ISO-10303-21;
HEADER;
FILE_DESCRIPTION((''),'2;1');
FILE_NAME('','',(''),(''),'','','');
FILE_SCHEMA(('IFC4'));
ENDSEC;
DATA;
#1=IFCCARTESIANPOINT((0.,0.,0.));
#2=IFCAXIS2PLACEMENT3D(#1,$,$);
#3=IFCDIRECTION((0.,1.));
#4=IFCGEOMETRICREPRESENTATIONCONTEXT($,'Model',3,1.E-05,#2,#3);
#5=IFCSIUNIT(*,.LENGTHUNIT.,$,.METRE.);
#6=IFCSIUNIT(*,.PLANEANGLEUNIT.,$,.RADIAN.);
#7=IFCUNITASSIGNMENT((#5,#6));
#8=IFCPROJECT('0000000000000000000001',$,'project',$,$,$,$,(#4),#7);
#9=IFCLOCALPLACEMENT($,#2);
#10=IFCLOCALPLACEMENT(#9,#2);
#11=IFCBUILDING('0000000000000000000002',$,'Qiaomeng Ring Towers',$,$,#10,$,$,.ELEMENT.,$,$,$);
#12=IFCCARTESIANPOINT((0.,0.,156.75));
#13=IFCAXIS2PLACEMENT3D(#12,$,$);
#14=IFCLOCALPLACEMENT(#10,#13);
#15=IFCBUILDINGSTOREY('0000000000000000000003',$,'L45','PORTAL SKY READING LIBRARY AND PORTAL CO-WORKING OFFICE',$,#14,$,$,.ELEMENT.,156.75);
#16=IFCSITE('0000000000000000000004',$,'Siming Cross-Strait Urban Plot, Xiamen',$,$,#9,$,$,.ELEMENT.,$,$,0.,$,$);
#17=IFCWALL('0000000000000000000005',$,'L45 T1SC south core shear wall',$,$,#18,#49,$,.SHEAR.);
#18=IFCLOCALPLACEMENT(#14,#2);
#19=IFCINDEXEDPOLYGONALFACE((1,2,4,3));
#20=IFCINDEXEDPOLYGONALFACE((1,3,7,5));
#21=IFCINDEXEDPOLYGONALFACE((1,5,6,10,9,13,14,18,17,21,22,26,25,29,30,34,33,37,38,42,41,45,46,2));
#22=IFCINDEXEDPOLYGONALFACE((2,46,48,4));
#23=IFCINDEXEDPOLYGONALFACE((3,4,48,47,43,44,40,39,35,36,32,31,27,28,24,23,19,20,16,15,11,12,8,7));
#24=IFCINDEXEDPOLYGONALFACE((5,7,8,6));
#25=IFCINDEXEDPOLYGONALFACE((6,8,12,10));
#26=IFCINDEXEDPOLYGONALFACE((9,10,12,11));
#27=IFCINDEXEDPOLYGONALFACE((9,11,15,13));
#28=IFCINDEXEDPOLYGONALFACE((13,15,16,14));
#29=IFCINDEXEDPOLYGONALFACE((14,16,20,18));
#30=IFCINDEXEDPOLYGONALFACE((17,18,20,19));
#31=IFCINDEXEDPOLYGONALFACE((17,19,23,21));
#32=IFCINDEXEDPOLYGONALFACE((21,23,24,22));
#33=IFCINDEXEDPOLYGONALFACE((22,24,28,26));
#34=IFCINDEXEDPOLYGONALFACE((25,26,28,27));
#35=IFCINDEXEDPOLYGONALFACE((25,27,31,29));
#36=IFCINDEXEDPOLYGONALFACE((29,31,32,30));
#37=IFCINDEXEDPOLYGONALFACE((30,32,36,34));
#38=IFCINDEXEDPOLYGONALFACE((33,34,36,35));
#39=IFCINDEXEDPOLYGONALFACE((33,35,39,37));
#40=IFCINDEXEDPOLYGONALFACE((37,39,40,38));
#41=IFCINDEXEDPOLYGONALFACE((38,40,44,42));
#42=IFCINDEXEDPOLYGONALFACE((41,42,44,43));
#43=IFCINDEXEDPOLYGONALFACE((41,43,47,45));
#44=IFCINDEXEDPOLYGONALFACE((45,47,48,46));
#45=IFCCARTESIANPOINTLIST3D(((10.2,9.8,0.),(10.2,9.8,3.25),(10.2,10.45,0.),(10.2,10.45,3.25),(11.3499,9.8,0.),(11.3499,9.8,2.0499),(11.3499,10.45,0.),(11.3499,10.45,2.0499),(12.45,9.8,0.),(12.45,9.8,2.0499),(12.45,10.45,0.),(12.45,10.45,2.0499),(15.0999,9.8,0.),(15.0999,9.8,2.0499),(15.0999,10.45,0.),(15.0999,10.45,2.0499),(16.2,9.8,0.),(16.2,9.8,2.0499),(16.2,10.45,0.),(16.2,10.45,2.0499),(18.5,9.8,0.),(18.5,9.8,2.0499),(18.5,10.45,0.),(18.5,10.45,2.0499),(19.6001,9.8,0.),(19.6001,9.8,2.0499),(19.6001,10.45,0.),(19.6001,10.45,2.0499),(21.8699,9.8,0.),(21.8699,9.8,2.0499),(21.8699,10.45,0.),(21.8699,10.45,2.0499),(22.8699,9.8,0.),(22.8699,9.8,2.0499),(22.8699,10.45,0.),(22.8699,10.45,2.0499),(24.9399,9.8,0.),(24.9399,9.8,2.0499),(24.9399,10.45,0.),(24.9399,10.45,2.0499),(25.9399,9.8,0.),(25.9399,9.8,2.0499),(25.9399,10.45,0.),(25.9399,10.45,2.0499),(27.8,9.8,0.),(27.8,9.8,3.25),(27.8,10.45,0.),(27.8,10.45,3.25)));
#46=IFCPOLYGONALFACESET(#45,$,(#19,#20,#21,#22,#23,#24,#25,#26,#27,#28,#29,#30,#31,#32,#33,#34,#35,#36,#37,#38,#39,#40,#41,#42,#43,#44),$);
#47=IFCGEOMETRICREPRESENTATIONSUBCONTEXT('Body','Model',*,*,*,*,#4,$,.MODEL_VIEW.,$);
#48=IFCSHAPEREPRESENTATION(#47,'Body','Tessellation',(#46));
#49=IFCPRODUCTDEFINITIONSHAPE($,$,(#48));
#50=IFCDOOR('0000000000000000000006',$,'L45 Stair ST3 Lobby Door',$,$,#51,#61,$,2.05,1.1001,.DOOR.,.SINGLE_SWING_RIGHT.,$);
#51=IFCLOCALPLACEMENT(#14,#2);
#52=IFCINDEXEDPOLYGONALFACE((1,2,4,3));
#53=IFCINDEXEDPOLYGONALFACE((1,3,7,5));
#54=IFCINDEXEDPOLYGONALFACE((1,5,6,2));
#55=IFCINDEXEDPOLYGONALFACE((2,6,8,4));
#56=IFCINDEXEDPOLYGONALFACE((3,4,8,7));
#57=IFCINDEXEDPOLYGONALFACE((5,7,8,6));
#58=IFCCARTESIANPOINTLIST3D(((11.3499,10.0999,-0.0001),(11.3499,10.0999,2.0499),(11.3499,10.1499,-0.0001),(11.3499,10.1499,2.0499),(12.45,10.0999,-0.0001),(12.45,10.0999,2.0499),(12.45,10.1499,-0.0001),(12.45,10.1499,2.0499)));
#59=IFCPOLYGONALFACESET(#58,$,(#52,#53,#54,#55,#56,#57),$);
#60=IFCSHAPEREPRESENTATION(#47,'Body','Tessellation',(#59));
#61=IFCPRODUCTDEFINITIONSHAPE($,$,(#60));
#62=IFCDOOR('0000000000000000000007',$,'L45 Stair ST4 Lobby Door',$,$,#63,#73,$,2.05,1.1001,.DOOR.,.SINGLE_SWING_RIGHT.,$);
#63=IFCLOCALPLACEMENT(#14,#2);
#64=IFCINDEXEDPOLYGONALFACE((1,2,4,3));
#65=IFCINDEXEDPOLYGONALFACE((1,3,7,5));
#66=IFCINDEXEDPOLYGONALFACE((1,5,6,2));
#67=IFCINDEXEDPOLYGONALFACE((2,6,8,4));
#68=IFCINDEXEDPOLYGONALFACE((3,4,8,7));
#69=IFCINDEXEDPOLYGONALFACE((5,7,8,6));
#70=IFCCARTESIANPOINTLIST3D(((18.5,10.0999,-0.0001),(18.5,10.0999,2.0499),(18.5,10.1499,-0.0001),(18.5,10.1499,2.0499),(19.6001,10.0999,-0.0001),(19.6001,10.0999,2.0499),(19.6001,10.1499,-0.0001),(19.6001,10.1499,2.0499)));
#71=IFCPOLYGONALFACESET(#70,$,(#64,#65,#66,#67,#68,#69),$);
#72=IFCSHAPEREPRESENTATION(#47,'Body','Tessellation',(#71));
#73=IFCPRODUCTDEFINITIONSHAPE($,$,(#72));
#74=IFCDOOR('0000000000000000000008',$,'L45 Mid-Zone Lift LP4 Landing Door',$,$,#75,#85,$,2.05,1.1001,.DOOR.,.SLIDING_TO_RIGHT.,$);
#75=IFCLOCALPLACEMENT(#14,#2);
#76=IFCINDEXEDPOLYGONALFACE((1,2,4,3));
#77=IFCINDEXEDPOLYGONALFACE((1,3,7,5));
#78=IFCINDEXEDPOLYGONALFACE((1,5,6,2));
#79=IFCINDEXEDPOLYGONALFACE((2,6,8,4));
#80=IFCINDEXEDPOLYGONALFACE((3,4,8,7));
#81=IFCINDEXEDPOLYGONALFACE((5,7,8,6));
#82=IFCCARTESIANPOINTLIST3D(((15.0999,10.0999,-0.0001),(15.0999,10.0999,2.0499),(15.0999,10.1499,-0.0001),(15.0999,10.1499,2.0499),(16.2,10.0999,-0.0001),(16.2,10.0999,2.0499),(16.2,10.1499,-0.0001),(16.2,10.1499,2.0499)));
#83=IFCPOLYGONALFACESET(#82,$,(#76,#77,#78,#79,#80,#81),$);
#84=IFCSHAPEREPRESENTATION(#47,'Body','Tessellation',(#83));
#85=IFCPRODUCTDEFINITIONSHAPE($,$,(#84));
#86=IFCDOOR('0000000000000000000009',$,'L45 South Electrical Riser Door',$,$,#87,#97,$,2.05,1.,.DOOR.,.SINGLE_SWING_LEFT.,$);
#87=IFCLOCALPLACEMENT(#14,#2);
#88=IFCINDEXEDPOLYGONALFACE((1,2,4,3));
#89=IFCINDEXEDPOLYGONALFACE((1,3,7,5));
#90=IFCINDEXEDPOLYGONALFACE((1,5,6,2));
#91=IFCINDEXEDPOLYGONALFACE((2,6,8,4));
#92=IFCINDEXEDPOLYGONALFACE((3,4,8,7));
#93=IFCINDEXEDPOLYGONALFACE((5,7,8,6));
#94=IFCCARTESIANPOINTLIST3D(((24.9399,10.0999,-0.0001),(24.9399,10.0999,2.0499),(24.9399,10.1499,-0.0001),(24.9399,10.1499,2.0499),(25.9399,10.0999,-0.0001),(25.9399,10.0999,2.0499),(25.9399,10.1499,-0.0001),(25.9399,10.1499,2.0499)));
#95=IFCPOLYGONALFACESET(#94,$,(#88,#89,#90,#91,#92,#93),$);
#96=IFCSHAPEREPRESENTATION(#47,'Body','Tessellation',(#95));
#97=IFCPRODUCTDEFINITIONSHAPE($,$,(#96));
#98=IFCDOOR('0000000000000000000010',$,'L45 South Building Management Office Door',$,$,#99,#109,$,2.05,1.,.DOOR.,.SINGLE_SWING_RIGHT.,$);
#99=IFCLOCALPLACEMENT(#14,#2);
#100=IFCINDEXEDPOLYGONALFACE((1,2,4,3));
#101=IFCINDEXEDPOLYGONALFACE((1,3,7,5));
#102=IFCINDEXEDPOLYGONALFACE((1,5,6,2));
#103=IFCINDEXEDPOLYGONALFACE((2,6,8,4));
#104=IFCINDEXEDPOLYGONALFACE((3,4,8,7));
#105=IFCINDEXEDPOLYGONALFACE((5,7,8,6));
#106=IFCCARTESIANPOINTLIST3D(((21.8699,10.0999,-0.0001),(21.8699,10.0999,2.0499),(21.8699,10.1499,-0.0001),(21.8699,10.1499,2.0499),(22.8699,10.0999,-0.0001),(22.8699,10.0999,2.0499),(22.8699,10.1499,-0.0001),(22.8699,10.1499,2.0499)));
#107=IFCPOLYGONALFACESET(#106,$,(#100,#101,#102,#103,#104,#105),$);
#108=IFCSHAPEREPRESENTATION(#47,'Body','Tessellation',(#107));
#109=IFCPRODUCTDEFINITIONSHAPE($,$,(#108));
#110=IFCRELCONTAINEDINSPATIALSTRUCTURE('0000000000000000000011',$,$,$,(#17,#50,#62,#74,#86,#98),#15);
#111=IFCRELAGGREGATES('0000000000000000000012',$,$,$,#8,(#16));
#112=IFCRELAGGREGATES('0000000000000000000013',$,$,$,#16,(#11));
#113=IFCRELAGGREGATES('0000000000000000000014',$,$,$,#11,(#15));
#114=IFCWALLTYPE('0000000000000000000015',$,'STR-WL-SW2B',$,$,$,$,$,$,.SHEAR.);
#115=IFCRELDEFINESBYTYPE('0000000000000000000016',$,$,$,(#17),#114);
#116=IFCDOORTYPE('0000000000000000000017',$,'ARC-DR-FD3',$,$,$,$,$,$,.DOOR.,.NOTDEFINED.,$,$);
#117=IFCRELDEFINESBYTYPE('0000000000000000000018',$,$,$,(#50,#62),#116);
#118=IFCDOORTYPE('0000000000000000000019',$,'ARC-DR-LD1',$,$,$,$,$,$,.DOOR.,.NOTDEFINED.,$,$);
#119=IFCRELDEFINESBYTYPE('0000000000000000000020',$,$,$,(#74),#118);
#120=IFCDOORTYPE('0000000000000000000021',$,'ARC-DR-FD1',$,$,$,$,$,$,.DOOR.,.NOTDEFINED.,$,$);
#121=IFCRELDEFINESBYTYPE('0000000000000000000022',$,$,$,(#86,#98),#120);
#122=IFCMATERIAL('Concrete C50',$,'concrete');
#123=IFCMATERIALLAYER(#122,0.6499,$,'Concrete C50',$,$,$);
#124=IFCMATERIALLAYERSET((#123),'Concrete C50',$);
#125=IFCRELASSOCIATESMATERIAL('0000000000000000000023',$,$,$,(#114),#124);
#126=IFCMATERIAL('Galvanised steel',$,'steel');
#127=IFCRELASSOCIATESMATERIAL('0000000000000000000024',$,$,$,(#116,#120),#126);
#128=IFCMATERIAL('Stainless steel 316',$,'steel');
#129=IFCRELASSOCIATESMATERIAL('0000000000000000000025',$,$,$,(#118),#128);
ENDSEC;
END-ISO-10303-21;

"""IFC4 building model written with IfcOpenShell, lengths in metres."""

from ifc_helpers import new_model, si_unit, direction, frame, frame_2d, origin, place, context, subcontext, project, spatial, rectangle, extrude, source, transform, mapped, material, layer, layer_set, type_object, element, fill, save


model = new_model("IFC4")

# Units and contexts
model_context = context("Model", 3, precision=1e-05, world=origin(), true_north=direction((0.0, 1.0)))
body_context = subcontext(model_context, "Body", "Model", "MODEL_VIEW")
ifc_project = project(units=[si_unit("LENGTHUNIT", "METRE"), si_unit("PLANEANGLEUNIT", "RADIAN")], contexts=[model_context])

# Site, building, storey
site_placement = place(None, origin())
site = spatial("IfcSite", under=ifc_project, at=site_placement, Name="Siming Cross-Strait Urban Plot, Xiamen", CompositionType="ELEMENT", RefElevation=0.0)
building_placement = place(site_placement, origin())
building = spatial("IfcBuilding", under=site, at=building_placement, Name="Qiaomeng Ring Towers", CompositionType="ELEMENT")
storey_placement = place(building_placement, frame((0.0, 0.0, 156.75)))
storey = spatial("IfcBuildingStorey", under=building, at=storey_placement, Name="L45", Description="PORTAL SKY READING LIBRARY AND PORTAL CO-WORKING OFFICE", CompositionType="ELEMENT", Elevation=156.75)

# Wall, openings, doors
shared_shape_1 = source(origin(), body_context, "Body", "SweptSolid", [
    extrude(rectangle(XDim=1.0, YDim=2.05, at=frame_2d((0.5, 1.0249))), frame((0.0, 0.0249, 0.0), z_axis=(0.0, -1.0, 0.0), x_axis=(1.0, 0.0, 0.0)), (0.0, 0.0, 1.0), 0.05),
])
ifc_material_1 = material(Name="Concrete C50", Category="concrete")
ifc_layer_1 = layer(ifc_material_1, 0.6499, Name="Concrete C50")
ifc_layer_set_1 = layer_set([ifc_layer_1], Name="Concrete C50")
wall_type_1 = type_object("IfcWallType", Name="STR-WL-SW2B", PredefinedType="SHEAR", material=ifc_layer_set_1)
wall_1_placement = place(storey_placement, frame((10.2, 10.125, 0.0), z_axis=(0.0, 0.0, 1.0), x_axis=(1.0, 0.0, 0.0)))
wall_1 = element("IfcWall", 1, at=wall_1_placement, inside=storey, type_object=wall_type_1, Name="L45 T1SC south core shear wall", PredefinedType="SHEAR", context=body_context, shape_type="SweptSolid", body=[
    extrude(rectangle(XDim=17.6001, YDim=0.6499, at=frame_2d((8.8, 0.0))), origin(), (0.0, 0.0, 1.0), 3.25),
])
opening_1_placement = place(wall_1_placement, frame((1.1499, 0.0, 0.0)))
opening_1 = element("IfcOpeningElement", 2, at=opening_1_placement, cuts=wall_1, PredefinedType="OPENING", context=body_context, shape_type="SweptSolid", body=[
    extrude(rectangle(XDim=1.1001, YDim=2.05, at=frame_2d((0.55, 1.0249))), frame((0.0, 0.335, 0.0), z_axis=(0.0, -1.0, 0.0), x_axis=(1.0, 0.0, 0.0)), (0.0, 0.0, 1.0), 0.6699),
])
opening_2_placement = place(wall_1_placement, frame((8.3, 0.0, 0.0)))
opening_2 = element("IfcOpeningElement", 3, at=opening_2_placement, cuts=wall_1, PredefinedType="OPENING", context=body_context, shape_type="SweptSolid", body=[
    extrude(rectangle(XDim=1.1001, YDim=2.05, at=frame_2d((0.55, 1.0249))), frame((0.0, 0.335, 0.0), z_axis=(0.0, -1.0, 0.0), x_axis=(1.0, 0.0, 0.0)), (0.0, 0.0, 1.0), 0.6699),
])
opening_3_placement = place(wall_1_placement, frame((4.8999, 0.0, 0.0)))
opening_3 = element("IfcOpeningElement", 4, at=opening_3_placement, cuts=wall_1, PredefinedType="OPENING", context=body_context, shape_type="SweptSolid", body=[
    extrude(rectangle(XDim=1.1001, YDim=2.05, at=frame_2d((0.55, 1.0249))), frame((0.0, 0.335, 0.0), z_axis=(0.0, -1.0, 0.0), x_axis=(1.0, 0.0, 0.0)), (0.0, 0.0, 1.0), 0.6699),
])
opening_4_placement = place(wall_1_placement, frame((14.74, 0.0, 0.0)))
opening_4 = element("IfcOpeningElement", 5, at=opening_4_placement, cuts=wall_1, PredefinedType="OPENING", context=body_context, shape_type="SweptSolid", body=[
    extrude(rectangle(XDim=1.0, YDim=2.05, at=frame_2d((0.5, 1.0249))), frame((0.0, 0.335, 0.0), z_axis=(0.0, -1.0, 0.0), x_axis=(1.0, 0.0, 0.0)), (0.0, 0.0, 1.0), 0.6699),
])
opening_5_placement = place(wall_1_placement, frame((11.6699, 0.0, 0.0)))
opening_5 = element("IfcOpeningElement", 6, at=opening_5_placement, cuts=wall_1, PredefinedType="OPENING", context=body_context, shape_type="SweptSolid", body=[
    extrude(rectangle(XDim=1.0, YDim=2.05, at=frame_2d((0.5, 1.0249))), frame((0.0, 0.335, 0.0), z_axis=(0.0, -1.0, 0.0), x_axis=(1.0, 0.0, 0.0)), (0.0, 0.0, 1.0), 0.6699),
])
ifc_material_2 = material(Name="Galvanised steel", Category="steel")
door_type_1 = type_object("IfcDoorType", Name="ARC-DR-FD3", OperationType="NOTDEFINED", PredefinedType="DOOR", material=ifc_material_2)
shared_shape_2 = source(origin(), body_context, "Body", "SweptSolid", [
    extrude(rectangle(XDim=1.1001, YDim=2.05, at=frame_2d((0.55, 1.0249))), frame((0.0, 0.0249, 0.0), z_axis=(0.0, -1.0, 0.0), x_axis=(1.0, 0.0, 0.0)), (0.0, 0.0, 1.0), 0.05),
])
door_1_placement = place(opening_1_placement, origin())
door_1 = element("IfcDoor", 7, at=door_1_placement, inside=storey, type_object=door_type_1, Name="L45 Stair ST3 Lobby Door", OperationType="SINGLE_SWING_RIGHT", OverallHeight=2.05, OverallWidth=1.1001, PredefinedType="DOOR", context=body_context, shape_type="MappedRepresentation", body=[
    mapped(shared_shape_2, transform((0.0, 0.0, 0.0), x_axis=(1.0, 0.0, 0.0), y_axis=(0.0, 1.0, 0.0), z_axis=(0.0, 0.0, 1.0), scale=1.0)),
])
fill(opening_1, door_1)
door_2_placement = place(opening_2_placement, origin())
door_2 = element("IfcDoor", 8, at=door_2_placement, inside=storey, type_object=door_type_1, Name="L45 Stair ST4 Lobby Door", OperationType="SINGLE_SWING_RIGHT", OverallHeight=2.05, OverallWidth=1.1001, PredefinedType="DOOR", context=body_context, shape_type="MappedRepresentation", body=[
    mapped(shared_shape_2, transform((0.0, 0.0, 0.0), x_axis=(1.0, 0.0, 0.0), y_axis=(0.0, 1.0, 0.0), z_axis=(0.0, 0.0, 1.0), scale=1.0)),
])
fill(opening_2, door_2)
ifc_material_3 = material(Name="Stainless steel 316", Category="steel")
door_type_2 = type_object("IfcDoorType", Name="ARC-DR-LD1", OperationType="NOTDEFINED", PredefinedType="DOOR", material=ifc_material_3)
door_3_placement = place(opening_3_placement, origin())
door_3 = element("IfcDoor", 9, at=door_3_placement, inside=storey, type_object=door_type_2, Name="L45 Mid-Zone Lift LP4 Landing Door", OperationType="SLIDING_TO_RIGHT", OverallHeight=2.05, OverallWidth=1.1001, PredefinedType="DOOR", context=body_context, shape_type="MappedRepresentation", body=[
    mapped(shared_shape_2, transform((0.0, 0.0, 0.0), x_axis=(1.0, 0.0, 0.0), y_axis=(0.0, 1.0, 0.0), z_axis=(0.0, 0.0, 1.0), scale=1.0)),
])
fill(opening_3, door_3)
door_type_3 = type_object("IfcDoorType", Name="ARC-DR-FD1", OperationType="NOTDEFINED", PredefinedType="DOOR", material=ifc_material_2)
door_4_placement = place(opening_4_placement, origin())
door_4 = element("IfcDoor", 10, at=door_4_placement, inside=storey, type_object=door_type_3, Name="L45 South Electrical Riser Door", OperationType="SINGLE_SWING_LEFT", OverallHeight=2.05, OverallWidth=1.0, PredefinedType="DOOR", context=body_context, shape_type="MappedRepresentation", body=[
    mapped(shared_shape_1, transform((0.0, 0.0, 0.0), x_axis=(1.0, 0.0, 0.0), y_axis=(0.0, 1.0, 0.0), z_axis=(0.0, 0.0, 1.0), scale=1.0)),
])
fill(opening_4, door_4)
door_5_placement = place(opening_5_placement, origin())
door_5 = element("IfcDoor", 11, at=door_5_placement, inside=storey, type_object=door_type_3, Name="L45 South Building Management Office Door", OperationType="SINGLE_SWING_RIGHT", OverallHeight=2.05, OverallWidth=1.0, PredefinedType="DOOR", context=body_context, shape_type="MappedRepresentation", body=[
    mapped(shared_shape_1, transform((0.0, 0.0, 0.0), x_axis=(1.0, 0.0, 0.0), y_axis=(0.0, 1.0, 0.0), z_axis=(0.0, 0.0, 1.0), scale=1.0)),
])
fill(opening_5, door_5)

save(model, "model.ifc")
